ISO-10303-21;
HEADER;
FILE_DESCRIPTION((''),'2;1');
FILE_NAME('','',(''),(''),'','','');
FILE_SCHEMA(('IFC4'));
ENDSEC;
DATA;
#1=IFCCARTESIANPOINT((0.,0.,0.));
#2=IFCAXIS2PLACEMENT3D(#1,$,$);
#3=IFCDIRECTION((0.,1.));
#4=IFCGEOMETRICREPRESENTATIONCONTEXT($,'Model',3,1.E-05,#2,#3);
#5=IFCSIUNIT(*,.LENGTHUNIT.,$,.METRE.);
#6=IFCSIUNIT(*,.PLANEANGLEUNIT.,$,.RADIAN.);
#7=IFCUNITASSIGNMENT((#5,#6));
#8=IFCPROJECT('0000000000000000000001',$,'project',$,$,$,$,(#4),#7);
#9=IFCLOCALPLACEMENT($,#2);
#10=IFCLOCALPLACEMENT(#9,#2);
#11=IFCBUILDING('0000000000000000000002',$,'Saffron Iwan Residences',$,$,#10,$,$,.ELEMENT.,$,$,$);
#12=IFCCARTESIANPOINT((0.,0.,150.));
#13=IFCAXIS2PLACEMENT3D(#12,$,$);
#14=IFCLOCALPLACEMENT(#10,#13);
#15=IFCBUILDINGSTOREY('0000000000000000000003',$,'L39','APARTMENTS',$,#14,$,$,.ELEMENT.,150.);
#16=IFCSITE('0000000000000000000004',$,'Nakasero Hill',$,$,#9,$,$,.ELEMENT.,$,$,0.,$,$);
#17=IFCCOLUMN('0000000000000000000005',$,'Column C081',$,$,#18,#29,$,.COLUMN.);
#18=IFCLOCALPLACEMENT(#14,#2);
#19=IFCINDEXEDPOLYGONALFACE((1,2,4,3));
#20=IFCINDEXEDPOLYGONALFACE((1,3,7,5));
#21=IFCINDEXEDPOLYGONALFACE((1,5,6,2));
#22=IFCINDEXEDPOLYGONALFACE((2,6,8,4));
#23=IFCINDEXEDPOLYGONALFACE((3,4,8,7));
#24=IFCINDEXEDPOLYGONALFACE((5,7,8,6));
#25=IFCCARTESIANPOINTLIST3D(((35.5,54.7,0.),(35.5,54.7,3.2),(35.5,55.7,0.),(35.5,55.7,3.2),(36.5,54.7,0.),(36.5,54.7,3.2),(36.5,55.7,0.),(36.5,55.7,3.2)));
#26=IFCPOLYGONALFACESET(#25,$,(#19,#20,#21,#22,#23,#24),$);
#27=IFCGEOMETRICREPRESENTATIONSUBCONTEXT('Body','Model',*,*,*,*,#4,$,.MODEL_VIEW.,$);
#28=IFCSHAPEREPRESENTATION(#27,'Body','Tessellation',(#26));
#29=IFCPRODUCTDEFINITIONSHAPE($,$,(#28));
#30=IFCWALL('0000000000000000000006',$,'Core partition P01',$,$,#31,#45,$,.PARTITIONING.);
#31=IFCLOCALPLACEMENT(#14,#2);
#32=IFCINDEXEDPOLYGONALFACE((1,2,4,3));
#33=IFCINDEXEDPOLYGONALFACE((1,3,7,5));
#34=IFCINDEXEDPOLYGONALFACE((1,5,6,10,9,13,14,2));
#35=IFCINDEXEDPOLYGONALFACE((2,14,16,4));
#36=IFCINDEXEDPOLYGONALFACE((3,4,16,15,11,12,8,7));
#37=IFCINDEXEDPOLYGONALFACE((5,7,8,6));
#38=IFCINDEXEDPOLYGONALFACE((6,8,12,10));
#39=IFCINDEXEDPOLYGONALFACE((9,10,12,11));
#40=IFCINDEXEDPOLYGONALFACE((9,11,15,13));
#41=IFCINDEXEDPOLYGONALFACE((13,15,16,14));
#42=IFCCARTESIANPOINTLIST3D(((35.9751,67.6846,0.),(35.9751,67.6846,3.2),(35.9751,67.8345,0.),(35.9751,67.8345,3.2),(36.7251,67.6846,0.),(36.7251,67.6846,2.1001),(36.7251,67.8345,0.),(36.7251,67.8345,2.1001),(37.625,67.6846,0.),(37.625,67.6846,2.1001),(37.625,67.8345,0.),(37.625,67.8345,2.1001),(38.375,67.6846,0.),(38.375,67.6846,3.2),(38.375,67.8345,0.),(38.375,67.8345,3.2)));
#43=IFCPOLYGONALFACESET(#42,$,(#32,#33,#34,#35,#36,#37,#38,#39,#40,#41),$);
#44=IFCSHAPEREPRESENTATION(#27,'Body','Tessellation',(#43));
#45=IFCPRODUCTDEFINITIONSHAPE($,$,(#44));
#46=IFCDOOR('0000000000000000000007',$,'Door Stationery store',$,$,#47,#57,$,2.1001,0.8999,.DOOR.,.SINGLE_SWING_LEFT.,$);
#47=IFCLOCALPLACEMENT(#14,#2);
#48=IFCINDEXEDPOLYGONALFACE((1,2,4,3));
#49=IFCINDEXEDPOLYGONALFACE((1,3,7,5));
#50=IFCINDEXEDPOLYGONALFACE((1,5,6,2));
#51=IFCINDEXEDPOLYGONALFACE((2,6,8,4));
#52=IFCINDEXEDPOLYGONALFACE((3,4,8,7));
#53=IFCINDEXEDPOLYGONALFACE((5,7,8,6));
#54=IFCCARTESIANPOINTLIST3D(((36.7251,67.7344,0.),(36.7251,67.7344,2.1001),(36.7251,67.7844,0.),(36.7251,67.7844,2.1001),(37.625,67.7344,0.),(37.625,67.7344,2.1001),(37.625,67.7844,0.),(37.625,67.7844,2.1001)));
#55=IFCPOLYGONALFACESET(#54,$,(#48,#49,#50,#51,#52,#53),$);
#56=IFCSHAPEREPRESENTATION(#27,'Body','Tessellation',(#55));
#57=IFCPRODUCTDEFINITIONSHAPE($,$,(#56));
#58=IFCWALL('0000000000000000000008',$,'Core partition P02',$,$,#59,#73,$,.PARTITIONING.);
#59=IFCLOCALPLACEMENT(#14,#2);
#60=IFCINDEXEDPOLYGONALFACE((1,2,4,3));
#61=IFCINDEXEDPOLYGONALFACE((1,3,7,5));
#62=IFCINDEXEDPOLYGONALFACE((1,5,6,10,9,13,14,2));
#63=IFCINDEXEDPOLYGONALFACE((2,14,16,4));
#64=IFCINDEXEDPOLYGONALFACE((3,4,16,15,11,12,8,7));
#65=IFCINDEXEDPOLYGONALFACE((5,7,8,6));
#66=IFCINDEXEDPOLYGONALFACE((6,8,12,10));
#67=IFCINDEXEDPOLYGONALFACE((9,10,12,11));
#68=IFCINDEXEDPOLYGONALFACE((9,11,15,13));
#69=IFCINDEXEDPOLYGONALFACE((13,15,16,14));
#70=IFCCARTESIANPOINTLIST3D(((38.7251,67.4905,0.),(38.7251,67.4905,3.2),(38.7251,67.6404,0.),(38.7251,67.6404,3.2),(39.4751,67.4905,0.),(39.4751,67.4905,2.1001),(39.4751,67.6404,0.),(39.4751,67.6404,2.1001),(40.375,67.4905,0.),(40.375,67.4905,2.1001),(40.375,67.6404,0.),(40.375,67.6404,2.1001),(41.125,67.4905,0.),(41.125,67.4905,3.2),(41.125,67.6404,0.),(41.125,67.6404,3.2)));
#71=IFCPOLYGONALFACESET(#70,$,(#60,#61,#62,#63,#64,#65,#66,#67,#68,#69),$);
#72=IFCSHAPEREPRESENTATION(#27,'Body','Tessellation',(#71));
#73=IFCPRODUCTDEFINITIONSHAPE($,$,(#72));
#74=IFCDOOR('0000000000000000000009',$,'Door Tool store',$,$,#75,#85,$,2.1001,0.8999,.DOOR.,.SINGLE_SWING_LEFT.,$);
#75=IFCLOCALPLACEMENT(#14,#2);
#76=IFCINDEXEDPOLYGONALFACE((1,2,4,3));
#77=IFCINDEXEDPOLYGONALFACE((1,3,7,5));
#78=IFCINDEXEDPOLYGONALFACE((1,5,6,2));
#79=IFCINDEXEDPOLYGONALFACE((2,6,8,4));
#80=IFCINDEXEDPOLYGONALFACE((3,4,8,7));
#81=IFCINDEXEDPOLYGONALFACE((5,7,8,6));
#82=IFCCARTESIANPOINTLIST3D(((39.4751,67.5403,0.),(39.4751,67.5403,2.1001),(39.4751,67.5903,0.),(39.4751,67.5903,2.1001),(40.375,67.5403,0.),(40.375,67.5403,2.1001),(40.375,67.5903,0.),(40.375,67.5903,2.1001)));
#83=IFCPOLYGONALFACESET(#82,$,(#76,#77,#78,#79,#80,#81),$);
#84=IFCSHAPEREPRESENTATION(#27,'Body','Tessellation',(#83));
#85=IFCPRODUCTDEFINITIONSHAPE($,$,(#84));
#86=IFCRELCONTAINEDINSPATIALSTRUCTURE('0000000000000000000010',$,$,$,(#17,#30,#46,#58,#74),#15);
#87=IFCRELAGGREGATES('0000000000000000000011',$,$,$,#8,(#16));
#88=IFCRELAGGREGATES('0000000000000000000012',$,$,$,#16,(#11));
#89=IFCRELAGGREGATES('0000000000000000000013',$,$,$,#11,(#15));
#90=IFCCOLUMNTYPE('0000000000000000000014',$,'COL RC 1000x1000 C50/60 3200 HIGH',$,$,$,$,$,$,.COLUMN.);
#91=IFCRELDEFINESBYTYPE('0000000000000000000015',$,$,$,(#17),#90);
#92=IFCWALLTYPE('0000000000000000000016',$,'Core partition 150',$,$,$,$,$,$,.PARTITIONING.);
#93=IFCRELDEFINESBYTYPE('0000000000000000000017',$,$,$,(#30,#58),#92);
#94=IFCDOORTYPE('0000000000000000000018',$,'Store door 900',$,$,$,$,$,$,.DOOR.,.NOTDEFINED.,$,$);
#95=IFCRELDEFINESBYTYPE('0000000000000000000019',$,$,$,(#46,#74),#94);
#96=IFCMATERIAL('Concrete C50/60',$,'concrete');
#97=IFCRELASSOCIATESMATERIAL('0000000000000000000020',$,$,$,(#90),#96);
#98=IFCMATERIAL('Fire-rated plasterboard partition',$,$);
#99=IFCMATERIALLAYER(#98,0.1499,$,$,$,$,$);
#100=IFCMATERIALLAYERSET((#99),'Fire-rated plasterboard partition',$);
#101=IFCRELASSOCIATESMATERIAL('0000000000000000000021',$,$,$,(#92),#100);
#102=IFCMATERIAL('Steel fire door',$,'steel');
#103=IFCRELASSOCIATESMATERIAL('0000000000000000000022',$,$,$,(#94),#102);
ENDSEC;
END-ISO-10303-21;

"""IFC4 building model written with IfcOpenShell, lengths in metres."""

from ifc_helpers import new_model, si_unit, direction, frame, frame_2d, origin, origin_2d, place, context, subcontext, project, spatial, rectangle, extrude, source, transform, mapped, material, layer, layer_set, material_profile, profile_set, type_object, element, fill, save


model = new_model("IFC4")

# Units and contexts
model_context = context("Model", 3, precision=1e-05, world=origin(), true_north=direction((0.0, 1.0)))
body_context = subcontext(model_context, "Body", "Model", "MODEL_VIEW")
ifc_project = project(units=[si_unit("LENGTHUNIT", "METRE"), si_unit("PLANEANGLEUNIT", "RADIAN")], contexts=[model_context])

# Site, building, storey
site_placement = place(None, origin())
site = spatial("IfcSite", under=ifc_project, at=site_placement, Name="Nakasero Hill", CompositionType="ELEMENT", RefElevation=0.0)
building_placement = place(site_placement, origin())
building = spatial("IfcBuilding", under=site, at=building_placement, Name="Saffron Iwan Residences", CompositionType="ELEMENT")
storey_placement = place(building_placement, frame((0.0, 0.0, 150.0)))
storey = spatial("IfcBuildingStorey", under=building, at=storey_placement, Name="L39", Description="APARTMENTS", CompositionType="ELEMENT", Elevation=150.0)

# Column
ifc_material_1 = material(Name="Concrete C50/60", Category="concrete")
ifc_material_profile = material_profile(ifc_material_1, rectangle(XDim=1.0, YDim=1.0, at=origin_2d()), Name="RC 1000x1000")
ifc_profile_set = profile_set([ifc_material_profile], Name="Concrete C50/60")
column_type = type_object("IfcColumnType", Name="COL RC 1000x1000 C50/60 3200 HIGH", PredefinedType="COLUMN", material=ifc_profile_set)
shared_shape = source(origin(), body_context, "Body", "SweptSolid", [
    extrude(rectangle(XDim=1.0, YDim=1.0, at=origin_2d()), origin(), (0.0, 0.0, 1.0), 3.2),
])
column_placement = place(storey_placement, frame((36.0, 55.2, 0.0), z_axis=(0.0, 0.0, 1.0), x_axis=(1.0, 0.0, 0.0)))
element("IfcColumn", 1, at=column_placement, inside=storey, type_object=column_type, Name="Column C081", PredefinedType="COLUMN", context=body_context, shape_type="MappedRepresentation", body=[
    mapped(shared_shape, transform((0.0, 0.0, 0.0))),
])

# Walls, openings, doors
ifc_material_2 = material(Name="Fire-rated plasterboard partition")
ifc_layer_1 = layer(ifc_material_2, 0.1499)
ifc_layer_set_1 = layer_set([ifc_layer_1], Name="Fire-rated plasterboard partition")
wall_type_1 = type_object("IfcWallType", Name="Core partition 150", PredefinedType="PARTITIONING", material=ifc_layer_set_1)
wall_1_placement = place(storey_placement, frame((35.9751, 67.7595, 0.0), z_axis=(0.0, 0.0, 1.0), x_axis=(1.0, 0.0, 0.0)))
wall_1 = element("IfcWall", 2, at=wall_1_placement, inside=storey, type_object=wall_type_1, Name="Core partition P01", PredefinedType="PARTITIONING", context=body_context, shape_type="SweptSolid", body=[
    extrude(rectangle(XDim=2.3999, YDim=0.1499, at=frame_2d((1.2, 0.0))), origin(), (0.0, 0.0, 1.0), 3.2),
])
opening_1_placement = place(wall_1_placement, frame((0.75, 0.0, 0.0)))
opening_1 = element("IfcOpeningElement", 3, at=opening_1_placement, cuts=wall_1, PredefinedType="OPENING", context=body_context, shape_type="SweptSolid", body=[
    extrude(rectangle(XDim=0.8999, YDim=2.1001, at=frame_2d((0.45, 1.05))), frame((0.0, 0.085, 0.0), z_axis=(0.0, -1.0, 0.0), x_axis=(1.0, 0.0, 0.0)), (0.0, 0.0, 1.0), 0.1699),
])
ifc_material_3 = material(Name="Steel fire door", Category="steel")
door_type_1 = type_object("IfcDoorType", Name="Store door 900", OperationType="NOTDEFINED", PredefinedType="DOOR", material=ifc_material_3)
door_1_placement = place(opening_1_placement, origin())
door_1 = element("IfcDoor", 4, at=door_1_placement, inside=storey, type_object=door_type_1, Name="Door Stationery store", OperationType="SINGLE_SWING_LEFT", OverallHeight=2.1001, OverallWidth=0.8999, PredefinedType="DOOR", context=body_context, shape_type="SweptSolid", body=[
    extrude(rectangle(XDim=0.8999, YDim=2.1001, at=frame_2d((0.45, 1.05))), frame((0.0, 0.0249, 0.0), z_axis=(0.0, -1.0, 0.0), x_axis=(1.0, 0.0, 0.0)), (0.0, 0.0, 1.0), 0.05),
])
fill(opening_1, door_1)
wall_2_placement = place(storey_placement, frame((38.7251, 67.5654, 0.0), z_axis=(0.0, 0.0, 1.0), x_axis=(1.0, 0.0, 0.0)))
wall_2 = element("IfcWall", 5, at=wall_2_placement, inside=storey, type_object=wall_type_1, Name="Core partition P02", PredefinedType="PARTITIONING", context=body_context, shape_type="SweptSolid", body=[
    extrude(rectangle(XDim=2.3999, YDim=0.1499, at=frame_2d((1.2, 0.0))), origin(), (0.0, 0.0, 1.0), 3.2),
])
opening_2_placement = place(wall_2_placement, frame((0.75, 0.0, 0.0)))
opening_2 = element("IfcOpeningElement", 6, at=opening_2_placement, cuts=wall_2, PredefinedType="OPENING", context=body_context, shape_type="SweptSolid", body=[
    extrude(rectangle(XDim=0.8999, YDim=2.1001, at=frame_2d((0.45, 1.05))), frame((0.0, 0.085, 0.0), z_axis=(0.0, -1.0, 0.0), x_axis=(1.0, 0.0, 0.0)), (0.0, 0.0, 1.0), 0.1699),
])
door_2_placement = place(opening_2_placement, origin())
door_2 = element("IfcDoor", 7, at=door_2_placement, inside=storey, type_object=door_type_1, Name="Door Tool store", OperationType="SINGLE_SWING_LEFT", OverallHeight=2.1001, OverallWidth=0.8999, PredefinedType="DOOR", context=body_context, shape_type="SweptSolid", body=[
    extrude(rectangle(XDim=0.8999, YDim=2.1001, at=frame_2d((0.45, 1.05))), frame((0.0, 0.0249, 0.0), z_axis=(0.0, -1.0, 0.0), x_axis=(1.0, 0.0, 0.0)), (0.0, 0.0, 1.0), 0.05),
])
fill(opening_2, door_2)

save(model, "model.ifc")
